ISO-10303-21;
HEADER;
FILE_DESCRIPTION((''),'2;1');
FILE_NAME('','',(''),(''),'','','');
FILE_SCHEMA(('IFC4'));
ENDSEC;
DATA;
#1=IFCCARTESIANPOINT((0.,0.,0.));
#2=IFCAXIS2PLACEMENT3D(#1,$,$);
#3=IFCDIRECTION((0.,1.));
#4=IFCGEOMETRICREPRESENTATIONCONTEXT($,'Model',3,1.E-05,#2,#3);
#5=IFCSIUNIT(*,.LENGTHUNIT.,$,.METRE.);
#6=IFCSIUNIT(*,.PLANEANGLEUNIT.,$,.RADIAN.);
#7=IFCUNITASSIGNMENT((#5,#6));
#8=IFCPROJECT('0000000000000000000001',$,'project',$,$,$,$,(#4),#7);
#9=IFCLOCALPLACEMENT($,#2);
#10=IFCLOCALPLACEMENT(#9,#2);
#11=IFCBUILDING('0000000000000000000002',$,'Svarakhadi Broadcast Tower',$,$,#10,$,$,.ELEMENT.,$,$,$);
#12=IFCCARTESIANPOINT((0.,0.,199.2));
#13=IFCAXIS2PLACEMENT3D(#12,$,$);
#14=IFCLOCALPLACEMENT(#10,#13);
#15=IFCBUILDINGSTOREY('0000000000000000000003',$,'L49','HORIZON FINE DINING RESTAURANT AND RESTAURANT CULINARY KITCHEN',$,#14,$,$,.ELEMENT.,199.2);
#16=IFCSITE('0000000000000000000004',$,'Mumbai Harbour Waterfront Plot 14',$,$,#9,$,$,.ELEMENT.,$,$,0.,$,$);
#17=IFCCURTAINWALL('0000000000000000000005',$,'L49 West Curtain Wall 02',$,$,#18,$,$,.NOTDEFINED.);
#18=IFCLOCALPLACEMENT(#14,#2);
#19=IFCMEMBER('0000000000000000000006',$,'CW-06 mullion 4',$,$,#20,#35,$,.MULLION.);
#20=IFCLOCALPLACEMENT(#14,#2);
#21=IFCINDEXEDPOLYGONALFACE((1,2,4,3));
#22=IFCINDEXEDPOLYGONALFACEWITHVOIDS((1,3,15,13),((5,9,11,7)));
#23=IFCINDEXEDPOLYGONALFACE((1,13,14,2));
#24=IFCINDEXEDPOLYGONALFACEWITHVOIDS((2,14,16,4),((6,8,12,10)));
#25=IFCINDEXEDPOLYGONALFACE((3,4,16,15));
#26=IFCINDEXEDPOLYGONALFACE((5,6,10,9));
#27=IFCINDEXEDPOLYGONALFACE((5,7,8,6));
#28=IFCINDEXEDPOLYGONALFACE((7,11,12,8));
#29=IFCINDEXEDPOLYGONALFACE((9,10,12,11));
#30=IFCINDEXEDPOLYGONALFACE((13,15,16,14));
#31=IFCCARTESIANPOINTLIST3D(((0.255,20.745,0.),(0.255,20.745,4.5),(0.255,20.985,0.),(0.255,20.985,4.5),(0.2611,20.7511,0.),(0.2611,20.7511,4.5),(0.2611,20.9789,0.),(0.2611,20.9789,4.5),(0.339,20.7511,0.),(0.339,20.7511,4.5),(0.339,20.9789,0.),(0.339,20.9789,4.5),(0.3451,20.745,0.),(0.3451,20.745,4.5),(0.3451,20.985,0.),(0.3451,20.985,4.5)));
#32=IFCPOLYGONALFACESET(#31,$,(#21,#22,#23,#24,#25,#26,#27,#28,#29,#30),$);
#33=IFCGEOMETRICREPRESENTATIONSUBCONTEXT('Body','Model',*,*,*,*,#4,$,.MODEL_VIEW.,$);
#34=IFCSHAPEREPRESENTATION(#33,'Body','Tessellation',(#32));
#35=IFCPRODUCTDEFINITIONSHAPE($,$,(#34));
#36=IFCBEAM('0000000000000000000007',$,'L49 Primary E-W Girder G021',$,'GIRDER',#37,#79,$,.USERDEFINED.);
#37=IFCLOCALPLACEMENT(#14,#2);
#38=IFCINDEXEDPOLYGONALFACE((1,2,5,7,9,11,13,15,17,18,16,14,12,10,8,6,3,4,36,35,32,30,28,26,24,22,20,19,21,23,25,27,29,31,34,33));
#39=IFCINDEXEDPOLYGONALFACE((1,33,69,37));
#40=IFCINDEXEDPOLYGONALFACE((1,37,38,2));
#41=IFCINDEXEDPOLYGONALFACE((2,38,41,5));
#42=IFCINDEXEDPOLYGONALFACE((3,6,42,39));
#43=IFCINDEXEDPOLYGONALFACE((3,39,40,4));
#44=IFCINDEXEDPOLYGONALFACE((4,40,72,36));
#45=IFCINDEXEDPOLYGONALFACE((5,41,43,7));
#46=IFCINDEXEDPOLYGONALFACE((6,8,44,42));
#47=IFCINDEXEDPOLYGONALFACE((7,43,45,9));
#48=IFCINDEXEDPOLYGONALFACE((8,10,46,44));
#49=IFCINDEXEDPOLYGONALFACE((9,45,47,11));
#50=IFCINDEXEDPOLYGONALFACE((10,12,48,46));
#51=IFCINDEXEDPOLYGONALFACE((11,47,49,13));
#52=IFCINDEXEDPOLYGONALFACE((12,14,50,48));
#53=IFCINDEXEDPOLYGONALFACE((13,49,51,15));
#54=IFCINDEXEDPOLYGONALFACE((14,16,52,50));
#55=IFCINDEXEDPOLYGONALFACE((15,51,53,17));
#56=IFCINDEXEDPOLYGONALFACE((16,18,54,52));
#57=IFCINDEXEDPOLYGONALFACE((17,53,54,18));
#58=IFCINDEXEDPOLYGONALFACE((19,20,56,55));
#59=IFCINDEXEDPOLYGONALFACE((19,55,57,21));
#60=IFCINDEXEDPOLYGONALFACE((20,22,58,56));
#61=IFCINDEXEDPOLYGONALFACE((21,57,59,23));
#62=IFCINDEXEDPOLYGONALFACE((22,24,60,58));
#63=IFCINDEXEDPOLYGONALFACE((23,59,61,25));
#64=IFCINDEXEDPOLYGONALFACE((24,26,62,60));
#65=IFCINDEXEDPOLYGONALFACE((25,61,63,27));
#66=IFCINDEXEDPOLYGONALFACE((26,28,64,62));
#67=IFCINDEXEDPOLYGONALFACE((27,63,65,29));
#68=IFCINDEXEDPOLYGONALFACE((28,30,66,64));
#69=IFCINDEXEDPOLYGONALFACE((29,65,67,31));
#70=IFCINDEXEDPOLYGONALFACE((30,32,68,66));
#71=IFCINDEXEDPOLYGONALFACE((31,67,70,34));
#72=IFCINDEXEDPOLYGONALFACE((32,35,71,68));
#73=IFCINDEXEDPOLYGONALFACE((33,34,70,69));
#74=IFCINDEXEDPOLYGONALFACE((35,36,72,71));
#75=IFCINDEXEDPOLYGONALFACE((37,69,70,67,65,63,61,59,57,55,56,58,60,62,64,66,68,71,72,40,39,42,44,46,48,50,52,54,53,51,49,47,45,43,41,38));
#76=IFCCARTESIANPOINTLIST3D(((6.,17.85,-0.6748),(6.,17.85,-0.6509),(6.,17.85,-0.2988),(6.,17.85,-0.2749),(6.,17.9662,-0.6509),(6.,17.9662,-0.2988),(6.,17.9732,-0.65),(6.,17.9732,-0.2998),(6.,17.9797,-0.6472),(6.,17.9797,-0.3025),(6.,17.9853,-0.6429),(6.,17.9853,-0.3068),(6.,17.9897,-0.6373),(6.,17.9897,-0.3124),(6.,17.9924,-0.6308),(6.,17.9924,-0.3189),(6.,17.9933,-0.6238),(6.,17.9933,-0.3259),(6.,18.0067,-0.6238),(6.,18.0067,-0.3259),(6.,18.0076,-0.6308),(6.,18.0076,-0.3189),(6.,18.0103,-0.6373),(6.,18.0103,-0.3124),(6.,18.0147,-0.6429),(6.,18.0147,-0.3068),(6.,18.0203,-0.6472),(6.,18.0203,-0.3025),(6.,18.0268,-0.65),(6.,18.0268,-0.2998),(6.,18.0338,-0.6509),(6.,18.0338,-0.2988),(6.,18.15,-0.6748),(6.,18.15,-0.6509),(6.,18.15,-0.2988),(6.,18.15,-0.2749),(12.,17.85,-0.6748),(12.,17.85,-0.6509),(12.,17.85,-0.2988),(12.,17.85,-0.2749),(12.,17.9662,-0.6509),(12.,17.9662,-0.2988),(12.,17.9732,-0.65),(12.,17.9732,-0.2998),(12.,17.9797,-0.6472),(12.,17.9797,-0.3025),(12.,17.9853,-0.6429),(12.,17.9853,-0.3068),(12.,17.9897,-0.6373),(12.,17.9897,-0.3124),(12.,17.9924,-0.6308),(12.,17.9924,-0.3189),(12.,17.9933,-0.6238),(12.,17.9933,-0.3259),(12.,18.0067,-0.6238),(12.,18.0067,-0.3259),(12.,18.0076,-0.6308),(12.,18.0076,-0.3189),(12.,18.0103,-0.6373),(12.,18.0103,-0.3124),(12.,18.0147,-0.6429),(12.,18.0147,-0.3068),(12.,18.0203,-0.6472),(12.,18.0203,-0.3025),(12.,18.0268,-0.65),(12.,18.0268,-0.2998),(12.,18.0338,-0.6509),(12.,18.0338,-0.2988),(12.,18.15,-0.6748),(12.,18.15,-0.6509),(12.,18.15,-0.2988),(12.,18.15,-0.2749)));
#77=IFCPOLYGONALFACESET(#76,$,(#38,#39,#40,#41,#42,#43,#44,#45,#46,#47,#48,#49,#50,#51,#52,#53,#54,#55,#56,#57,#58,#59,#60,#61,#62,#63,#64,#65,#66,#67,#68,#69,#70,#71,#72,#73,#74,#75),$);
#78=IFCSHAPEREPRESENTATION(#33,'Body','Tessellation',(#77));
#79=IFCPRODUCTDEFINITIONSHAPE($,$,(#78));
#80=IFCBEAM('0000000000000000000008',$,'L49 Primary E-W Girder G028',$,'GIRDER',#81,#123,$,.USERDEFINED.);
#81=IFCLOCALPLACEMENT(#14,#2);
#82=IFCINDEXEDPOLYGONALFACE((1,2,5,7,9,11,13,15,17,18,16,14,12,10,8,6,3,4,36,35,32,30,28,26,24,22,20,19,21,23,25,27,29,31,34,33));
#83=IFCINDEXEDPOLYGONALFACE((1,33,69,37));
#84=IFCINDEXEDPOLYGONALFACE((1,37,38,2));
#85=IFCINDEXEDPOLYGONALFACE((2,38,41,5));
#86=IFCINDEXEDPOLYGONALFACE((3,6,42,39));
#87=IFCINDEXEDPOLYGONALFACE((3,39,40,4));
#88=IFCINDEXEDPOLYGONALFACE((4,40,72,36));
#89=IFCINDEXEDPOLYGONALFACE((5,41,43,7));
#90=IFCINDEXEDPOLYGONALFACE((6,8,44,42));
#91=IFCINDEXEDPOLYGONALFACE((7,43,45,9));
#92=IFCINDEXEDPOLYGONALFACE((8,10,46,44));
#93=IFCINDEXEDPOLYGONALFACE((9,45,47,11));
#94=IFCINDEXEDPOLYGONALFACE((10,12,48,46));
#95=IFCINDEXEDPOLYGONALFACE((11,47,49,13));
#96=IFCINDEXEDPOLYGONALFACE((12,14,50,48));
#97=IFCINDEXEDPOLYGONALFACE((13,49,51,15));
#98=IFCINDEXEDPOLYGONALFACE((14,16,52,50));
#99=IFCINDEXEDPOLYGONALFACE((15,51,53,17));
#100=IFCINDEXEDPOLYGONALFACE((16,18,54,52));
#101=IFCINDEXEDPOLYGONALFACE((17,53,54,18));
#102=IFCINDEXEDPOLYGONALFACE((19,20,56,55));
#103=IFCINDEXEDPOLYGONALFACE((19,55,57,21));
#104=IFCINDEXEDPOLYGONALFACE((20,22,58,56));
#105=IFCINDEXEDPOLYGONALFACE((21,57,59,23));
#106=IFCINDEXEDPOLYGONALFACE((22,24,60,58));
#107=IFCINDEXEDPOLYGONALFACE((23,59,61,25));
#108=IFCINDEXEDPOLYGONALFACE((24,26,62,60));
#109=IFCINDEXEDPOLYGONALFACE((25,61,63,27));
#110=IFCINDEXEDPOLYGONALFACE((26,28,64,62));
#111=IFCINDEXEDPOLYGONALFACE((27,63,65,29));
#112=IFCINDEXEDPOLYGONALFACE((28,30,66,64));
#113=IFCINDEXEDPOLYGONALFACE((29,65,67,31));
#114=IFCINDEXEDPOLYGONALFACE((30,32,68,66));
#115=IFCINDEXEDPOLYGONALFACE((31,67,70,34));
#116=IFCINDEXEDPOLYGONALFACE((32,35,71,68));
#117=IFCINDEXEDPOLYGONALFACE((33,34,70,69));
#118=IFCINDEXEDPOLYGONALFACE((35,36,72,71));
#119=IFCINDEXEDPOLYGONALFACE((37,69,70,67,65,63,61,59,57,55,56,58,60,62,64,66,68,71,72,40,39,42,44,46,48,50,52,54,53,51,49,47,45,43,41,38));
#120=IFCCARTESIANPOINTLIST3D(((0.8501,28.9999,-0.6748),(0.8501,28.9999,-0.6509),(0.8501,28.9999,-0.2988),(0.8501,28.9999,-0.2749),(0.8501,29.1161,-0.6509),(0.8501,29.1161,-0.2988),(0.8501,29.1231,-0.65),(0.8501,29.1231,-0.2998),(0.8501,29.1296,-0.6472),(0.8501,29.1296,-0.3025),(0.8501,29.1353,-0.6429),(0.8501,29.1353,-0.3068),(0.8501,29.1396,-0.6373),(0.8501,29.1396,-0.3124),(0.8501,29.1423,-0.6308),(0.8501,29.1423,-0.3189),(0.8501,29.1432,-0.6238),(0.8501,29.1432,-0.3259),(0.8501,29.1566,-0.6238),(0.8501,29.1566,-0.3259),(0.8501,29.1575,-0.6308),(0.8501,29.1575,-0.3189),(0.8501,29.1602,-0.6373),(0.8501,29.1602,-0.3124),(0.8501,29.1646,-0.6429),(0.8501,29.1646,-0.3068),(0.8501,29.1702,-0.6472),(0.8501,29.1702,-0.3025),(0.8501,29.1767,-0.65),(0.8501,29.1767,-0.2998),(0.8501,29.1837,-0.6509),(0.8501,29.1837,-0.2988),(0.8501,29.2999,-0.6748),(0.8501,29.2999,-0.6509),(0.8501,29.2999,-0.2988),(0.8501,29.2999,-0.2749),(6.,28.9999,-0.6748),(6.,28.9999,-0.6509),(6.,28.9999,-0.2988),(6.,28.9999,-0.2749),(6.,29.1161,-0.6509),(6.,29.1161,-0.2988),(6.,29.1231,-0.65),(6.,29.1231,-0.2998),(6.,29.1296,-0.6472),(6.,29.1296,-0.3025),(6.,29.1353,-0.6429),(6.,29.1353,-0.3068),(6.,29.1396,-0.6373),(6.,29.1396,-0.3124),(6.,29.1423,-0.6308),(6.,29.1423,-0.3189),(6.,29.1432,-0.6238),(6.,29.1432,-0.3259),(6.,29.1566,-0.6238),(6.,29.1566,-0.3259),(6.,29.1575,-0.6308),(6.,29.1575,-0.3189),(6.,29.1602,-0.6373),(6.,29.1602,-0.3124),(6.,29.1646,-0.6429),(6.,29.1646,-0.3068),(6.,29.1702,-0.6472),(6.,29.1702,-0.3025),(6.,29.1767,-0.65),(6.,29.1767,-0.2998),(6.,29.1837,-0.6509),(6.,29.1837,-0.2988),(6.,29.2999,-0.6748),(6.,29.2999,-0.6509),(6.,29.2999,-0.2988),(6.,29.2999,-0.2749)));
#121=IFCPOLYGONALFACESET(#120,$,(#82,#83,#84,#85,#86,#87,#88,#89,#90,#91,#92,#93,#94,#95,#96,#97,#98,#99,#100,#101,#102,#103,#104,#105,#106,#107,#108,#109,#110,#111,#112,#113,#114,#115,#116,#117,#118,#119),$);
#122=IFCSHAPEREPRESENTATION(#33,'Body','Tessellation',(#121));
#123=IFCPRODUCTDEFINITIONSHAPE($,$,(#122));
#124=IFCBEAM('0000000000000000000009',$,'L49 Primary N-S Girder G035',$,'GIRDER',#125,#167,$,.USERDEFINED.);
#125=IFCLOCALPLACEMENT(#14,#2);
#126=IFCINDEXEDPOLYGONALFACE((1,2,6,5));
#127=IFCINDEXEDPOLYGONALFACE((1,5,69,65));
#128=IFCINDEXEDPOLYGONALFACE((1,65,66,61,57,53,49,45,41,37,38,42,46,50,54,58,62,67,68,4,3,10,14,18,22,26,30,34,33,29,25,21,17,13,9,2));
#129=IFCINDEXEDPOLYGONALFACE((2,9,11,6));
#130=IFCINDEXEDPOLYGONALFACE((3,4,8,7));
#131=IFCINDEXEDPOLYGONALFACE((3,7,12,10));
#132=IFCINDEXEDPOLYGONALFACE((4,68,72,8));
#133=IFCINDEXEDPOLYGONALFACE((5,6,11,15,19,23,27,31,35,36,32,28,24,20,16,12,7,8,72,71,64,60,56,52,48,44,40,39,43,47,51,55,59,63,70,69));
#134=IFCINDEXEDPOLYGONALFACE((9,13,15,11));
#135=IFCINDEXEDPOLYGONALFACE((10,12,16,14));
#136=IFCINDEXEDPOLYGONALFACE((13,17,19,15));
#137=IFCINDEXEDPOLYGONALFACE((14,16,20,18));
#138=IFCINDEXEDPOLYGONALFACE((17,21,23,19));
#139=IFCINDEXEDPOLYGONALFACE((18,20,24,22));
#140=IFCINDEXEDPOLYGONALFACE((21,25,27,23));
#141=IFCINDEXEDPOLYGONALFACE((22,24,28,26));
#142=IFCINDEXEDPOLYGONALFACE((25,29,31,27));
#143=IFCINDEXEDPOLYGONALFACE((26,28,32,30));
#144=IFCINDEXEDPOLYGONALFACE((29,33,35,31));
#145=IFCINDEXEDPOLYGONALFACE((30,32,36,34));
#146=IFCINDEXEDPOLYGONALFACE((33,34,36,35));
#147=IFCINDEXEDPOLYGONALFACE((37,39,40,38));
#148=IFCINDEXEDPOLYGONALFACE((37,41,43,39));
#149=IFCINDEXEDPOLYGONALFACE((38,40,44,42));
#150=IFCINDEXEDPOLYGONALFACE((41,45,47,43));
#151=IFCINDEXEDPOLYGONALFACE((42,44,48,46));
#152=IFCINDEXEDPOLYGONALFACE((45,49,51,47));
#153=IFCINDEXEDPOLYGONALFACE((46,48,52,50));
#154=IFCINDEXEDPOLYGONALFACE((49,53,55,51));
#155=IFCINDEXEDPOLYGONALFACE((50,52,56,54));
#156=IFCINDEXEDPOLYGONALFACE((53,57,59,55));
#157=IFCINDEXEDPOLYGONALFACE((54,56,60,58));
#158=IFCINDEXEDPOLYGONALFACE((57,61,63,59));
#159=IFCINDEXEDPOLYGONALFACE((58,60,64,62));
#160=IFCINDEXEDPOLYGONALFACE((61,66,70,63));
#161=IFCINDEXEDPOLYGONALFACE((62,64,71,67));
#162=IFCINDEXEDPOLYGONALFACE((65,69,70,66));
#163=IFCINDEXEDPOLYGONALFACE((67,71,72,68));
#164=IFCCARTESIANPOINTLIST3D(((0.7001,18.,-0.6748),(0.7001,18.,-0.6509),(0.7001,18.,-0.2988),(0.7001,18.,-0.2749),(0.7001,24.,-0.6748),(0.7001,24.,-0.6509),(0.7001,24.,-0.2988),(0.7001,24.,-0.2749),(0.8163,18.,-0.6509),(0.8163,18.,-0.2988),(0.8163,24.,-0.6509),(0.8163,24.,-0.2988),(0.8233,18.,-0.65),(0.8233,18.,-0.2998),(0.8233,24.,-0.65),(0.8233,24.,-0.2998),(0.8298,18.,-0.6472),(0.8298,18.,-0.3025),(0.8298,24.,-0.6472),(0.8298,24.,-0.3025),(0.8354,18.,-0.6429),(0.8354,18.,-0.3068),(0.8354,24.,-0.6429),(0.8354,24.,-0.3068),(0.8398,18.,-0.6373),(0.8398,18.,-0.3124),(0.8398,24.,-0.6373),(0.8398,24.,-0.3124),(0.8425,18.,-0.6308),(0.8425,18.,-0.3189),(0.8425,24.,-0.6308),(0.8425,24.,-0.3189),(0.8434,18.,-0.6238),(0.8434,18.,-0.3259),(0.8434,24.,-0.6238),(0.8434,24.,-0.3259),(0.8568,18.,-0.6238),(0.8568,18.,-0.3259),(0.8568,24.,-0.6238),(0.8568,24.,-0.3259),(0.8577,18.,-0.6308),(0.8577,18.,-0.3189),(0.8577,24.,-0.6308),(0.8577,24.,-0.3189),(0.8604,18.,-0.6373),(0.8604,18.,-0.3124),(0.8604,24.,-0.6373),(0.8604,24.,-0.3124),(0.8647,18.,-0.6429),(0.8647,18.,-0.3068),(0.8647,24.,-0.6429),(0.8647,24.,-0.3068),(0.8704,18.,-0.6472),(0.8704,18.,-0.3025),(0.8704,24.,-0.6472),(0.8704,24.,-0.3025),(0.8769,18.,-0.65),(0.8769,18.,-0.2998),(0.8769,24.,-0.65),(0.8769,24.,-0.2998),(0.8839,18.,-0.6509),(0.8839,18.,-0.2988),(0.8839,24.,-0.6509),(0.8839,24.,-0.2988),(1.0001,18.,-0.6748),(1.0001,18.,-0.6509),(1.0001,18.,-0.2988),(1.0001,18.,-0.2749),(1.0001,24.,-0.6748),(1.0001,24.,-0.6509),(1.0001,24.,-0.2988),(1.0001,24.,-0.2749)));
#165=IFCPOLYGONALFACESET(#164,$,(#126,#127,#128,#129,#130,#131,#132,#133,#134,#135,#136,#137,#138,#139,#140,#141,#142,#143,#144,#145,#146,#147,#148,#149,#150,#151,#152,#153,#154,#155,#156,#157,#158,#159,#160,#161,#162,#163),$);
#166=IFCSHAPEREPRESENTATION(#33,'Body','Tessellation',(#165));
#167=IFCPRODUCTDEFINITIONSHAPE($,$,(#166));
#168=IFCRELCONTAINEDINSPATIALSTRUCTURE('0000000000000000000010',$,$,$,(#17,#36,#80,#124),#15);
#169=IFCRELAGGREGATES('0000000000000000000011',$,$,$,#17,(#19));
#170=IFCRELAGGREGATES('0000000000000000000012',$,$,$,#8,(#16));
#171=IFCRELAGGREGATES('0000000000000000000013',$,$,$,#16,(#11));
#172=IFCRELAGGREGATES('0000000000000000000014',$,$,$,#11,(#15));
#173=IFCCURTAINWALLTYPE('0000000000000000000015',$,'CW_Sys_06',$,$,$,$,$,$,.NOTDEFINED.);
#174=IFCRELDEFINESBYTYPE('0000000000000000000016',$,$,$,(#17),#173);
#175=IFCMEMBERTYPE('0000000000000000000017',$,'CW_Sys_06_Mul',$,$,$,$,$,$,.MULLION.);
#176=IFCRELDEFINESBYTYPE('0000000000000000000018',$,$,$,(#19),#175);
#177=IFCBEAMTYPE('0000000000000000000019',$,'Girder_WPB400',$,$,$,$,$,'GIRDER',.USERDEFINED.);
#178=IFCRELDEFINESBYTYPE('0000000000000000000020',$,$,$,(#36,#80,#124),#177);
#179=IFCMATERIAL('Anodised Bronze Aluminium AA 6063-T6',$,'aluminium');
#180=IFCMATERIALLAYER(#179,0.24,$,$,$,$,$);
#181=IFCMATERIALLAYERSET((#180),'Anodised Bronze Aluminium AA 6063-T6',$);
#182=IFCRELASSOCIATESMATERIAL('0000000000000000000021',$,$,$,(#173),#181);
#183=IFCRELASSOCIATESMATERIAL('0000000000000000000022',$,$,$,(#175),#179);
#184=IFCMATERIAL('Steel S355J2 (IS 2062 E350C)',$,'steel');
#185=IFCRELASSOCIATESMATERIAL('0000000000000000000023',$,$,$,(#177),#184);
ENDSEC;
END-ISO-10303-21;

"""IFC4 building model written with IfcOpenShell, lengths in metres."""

from ifc_helpers import new_model, si_unit, direction, frame, origin, origin_2d, place, context, subcontext, project, spatial, hollow_rectangle, i_section, extrude, material, layer, layer_set, material_profile, profile_set, type_object, element, aggregate, save


model = new_model("IFC4")

# Units and contexts
model_context = context("Model", 3, precision=1e-05, world=origin(), true_north=direction((0.0, 1.0)))
body_context = subcontext(model_context, "Body", "Model", "MODEL_VIEW")
ifc_project = project(units=[si_unit("LENGTHUNIT", "METRE"), si_unit("PLANEANGLEUNIT", "RADIAN")], contexts=[model_context])

# Site, building, storey
site_placement = place(None, origin())
site = spatial("IfcSite", under=ifc_project, at=site_placement, Name="Mumbai Harbour Waterfront Plot 14", CompositionType="ELEMENT", RefElevation=0.0)
building_placement = place(site_placement, origin())
building = spatial("IfcBuilding", under=site, at=building_placement, Name="Svarakhadi Broadcast Tower", CompositionType="ELEMENT")
storey_placement = place(building_placement, frame((0.0, 0.0, 199.2)))
storey = spatial("IfcBuildingStorey", under=building, at=storey_placement, Name="L49", Description="HORIZON FINE DINING RESTAURANT AND RESTAURANT CULINARY KITCHEN", CompositionType="ELEMENT", Elevation=199.2)

# Shared definitions
ifc_material_1 = material(Name="Steel S355J2 (IS 2062 E350C)", Category="steel")

# Curtain wall, member
ifc_material_2 = material(Name="Anodised Bronze Aluminium AA 6063-T6", Category="aluminium")
ifc_layer_1 = layer(ifc_material_2, 0.24)
ifc_layer_set_1 = layer_set([ifc_layer_1], Name="Anodised Bronze Aluminium AA 6063-T6")
curtain_wall_type = type_object("IfcCurtainWallType", Name="CW_Sys_06", PredefinedType="NOTDEFINED", material=ifc_layer_set_1)
curtain_wall_placement = place(storey_placement, origin())
curtain_wall = element("IfcCurtainWall", 1, at=curtain_wall_placement, inside=storey, type_object=curtain_wall_type, Name="L49 West Curtain Wall 02", PredefinedType="NOTDEFINED")
ifc_material_profile_1 = material_profile(ifc_material_2, hollow_rectangle(XDim=0.0901, YDim=0.24, WallThickness=0.0061, at=origin_2d()), Name="ALU MULLION 240x90x6")
ifc_profile_set_1 = profile_set([ifc_material_profile_1], Name="Anodised Bronze Aluminium AA 6063-T6")
member_type = type_object("IfcMemberType", Name="CW_Sys_06_Mul", PredefinedType="MULLION", material=ifc_profile_set_1)
member_placement = place(storey_placement, frame((0.3, 20.865, 0.0), z_axis=(0.0, 0.0, 1.0), x_axis=(-1.0, 0.0, 0.0)))
member = element("IfcMember", 2, at=member_placement, type_object=member_type, Name="CW-06 mullion 4", PredefinedType="MULLION", context=body_context, shape_type="SweptSolid", body=[
    extrude(hollow_rectangle(XDim=0.0901, YDim=0.24, WallThickness=0.0061, at=origin_2d()), origin(), (0.0, 0.0, 1.0), 4.5),
])
aggregate(curtain_wall, [member])

# Beams
ifc_material_profile_2 = material_profile(ifc_material_1, i_section(OverallWidth=0.3, OverallDepth=0.3999, WebThickness=0.0134, FlangeThickness=0.0239, FilletRadius=0.0271, at=origin_2d()), Name="WPB 400x300x155")
ifc_profile_set_2 = profile_set([ifc_material_profile_2], Name="Steel S355J2 (IS 2062 E350C)")
beam_type_1 = type_object("IfcBeamType", Name="Girder_WPB400", ElementType="GIRDER", PredefinedType="USERDEFINED", material=ifc_profile_set_2)
beam_1_placement = place(storey_placement, frame((6.0, 18.0, -0.4749), z_axis=(1.0, 0.0, 0.0), x_axis=(0.0, 1.0, 0.0)))
element("IfcBeam", 3, at=beam_1_placement, inside=storey, type_object=beam_type_1, Name="L49 Primary E-W Girder G021", ObjectType="GIRDER", PredefinedType="USERDEFINED", context=body_context, shape_type="SweptSolid", body=[
    extrude(i_section(OverallWidth=0.3, OverallDepth=0.3999, WebThickness=0.0134, FlangeThickness=0.0239, FilletRadius=0.0271, at=origin_2d()), origin(), (0.0, 0.0, 1.0), 6.0),
])
beam_2_placement = place(storey_placement, frame((0.8501, 29.1499, -0.4749), z_axis=(1.0, 0.0, 0.0), x_axis=(0.0, 1.0, 0.0)))
element("IfcBeam", 4, at=beam_2_placement, inside=storey, type_object=beam_type_1, Name="L49 Primary E-W Girder G028", ObjectType="GIRDER", PredefinedType="USERDEFINED", context=body_context, shape_type="SweptSolid", body=[
    extrude(i_section(OverallWidth=0.3, OverallDepth=0.3999, WebThickness=0.0134, FlangeThickness=0.0239, FilletRadius=0.0271, at=origin_2d()), origin(), (0.0, 0.0, 1.0), 5.1499),
])
beam_3_placement = place(storey_placement, frame((0.8501, 18.0, -0.4749), z_axis=(0.0, 1.0, 0.0), x_axis=(-1.0, 0.0, 0.0)))
element("IfcBeam", 5, at=beam_3_placement, inside=storey, type_object=beam_type_1, Name="L49 Primary N-S Girder G035", ObjectType="GIRDER", PredefinedType="USERDEFINED", context=body_context, shape_type="SweptSolid", body=[
    extrude(i_section(OverallWidth=0.3, OverallDepth=0.3999, WebThickness=0.0134, FlangeThickness=0.0239, FilletRadius=0.0271, at=origin_2d()), origin(), (0.0, 0.0, 1.0), 6.0),
])

save(model, "model.ifc")
